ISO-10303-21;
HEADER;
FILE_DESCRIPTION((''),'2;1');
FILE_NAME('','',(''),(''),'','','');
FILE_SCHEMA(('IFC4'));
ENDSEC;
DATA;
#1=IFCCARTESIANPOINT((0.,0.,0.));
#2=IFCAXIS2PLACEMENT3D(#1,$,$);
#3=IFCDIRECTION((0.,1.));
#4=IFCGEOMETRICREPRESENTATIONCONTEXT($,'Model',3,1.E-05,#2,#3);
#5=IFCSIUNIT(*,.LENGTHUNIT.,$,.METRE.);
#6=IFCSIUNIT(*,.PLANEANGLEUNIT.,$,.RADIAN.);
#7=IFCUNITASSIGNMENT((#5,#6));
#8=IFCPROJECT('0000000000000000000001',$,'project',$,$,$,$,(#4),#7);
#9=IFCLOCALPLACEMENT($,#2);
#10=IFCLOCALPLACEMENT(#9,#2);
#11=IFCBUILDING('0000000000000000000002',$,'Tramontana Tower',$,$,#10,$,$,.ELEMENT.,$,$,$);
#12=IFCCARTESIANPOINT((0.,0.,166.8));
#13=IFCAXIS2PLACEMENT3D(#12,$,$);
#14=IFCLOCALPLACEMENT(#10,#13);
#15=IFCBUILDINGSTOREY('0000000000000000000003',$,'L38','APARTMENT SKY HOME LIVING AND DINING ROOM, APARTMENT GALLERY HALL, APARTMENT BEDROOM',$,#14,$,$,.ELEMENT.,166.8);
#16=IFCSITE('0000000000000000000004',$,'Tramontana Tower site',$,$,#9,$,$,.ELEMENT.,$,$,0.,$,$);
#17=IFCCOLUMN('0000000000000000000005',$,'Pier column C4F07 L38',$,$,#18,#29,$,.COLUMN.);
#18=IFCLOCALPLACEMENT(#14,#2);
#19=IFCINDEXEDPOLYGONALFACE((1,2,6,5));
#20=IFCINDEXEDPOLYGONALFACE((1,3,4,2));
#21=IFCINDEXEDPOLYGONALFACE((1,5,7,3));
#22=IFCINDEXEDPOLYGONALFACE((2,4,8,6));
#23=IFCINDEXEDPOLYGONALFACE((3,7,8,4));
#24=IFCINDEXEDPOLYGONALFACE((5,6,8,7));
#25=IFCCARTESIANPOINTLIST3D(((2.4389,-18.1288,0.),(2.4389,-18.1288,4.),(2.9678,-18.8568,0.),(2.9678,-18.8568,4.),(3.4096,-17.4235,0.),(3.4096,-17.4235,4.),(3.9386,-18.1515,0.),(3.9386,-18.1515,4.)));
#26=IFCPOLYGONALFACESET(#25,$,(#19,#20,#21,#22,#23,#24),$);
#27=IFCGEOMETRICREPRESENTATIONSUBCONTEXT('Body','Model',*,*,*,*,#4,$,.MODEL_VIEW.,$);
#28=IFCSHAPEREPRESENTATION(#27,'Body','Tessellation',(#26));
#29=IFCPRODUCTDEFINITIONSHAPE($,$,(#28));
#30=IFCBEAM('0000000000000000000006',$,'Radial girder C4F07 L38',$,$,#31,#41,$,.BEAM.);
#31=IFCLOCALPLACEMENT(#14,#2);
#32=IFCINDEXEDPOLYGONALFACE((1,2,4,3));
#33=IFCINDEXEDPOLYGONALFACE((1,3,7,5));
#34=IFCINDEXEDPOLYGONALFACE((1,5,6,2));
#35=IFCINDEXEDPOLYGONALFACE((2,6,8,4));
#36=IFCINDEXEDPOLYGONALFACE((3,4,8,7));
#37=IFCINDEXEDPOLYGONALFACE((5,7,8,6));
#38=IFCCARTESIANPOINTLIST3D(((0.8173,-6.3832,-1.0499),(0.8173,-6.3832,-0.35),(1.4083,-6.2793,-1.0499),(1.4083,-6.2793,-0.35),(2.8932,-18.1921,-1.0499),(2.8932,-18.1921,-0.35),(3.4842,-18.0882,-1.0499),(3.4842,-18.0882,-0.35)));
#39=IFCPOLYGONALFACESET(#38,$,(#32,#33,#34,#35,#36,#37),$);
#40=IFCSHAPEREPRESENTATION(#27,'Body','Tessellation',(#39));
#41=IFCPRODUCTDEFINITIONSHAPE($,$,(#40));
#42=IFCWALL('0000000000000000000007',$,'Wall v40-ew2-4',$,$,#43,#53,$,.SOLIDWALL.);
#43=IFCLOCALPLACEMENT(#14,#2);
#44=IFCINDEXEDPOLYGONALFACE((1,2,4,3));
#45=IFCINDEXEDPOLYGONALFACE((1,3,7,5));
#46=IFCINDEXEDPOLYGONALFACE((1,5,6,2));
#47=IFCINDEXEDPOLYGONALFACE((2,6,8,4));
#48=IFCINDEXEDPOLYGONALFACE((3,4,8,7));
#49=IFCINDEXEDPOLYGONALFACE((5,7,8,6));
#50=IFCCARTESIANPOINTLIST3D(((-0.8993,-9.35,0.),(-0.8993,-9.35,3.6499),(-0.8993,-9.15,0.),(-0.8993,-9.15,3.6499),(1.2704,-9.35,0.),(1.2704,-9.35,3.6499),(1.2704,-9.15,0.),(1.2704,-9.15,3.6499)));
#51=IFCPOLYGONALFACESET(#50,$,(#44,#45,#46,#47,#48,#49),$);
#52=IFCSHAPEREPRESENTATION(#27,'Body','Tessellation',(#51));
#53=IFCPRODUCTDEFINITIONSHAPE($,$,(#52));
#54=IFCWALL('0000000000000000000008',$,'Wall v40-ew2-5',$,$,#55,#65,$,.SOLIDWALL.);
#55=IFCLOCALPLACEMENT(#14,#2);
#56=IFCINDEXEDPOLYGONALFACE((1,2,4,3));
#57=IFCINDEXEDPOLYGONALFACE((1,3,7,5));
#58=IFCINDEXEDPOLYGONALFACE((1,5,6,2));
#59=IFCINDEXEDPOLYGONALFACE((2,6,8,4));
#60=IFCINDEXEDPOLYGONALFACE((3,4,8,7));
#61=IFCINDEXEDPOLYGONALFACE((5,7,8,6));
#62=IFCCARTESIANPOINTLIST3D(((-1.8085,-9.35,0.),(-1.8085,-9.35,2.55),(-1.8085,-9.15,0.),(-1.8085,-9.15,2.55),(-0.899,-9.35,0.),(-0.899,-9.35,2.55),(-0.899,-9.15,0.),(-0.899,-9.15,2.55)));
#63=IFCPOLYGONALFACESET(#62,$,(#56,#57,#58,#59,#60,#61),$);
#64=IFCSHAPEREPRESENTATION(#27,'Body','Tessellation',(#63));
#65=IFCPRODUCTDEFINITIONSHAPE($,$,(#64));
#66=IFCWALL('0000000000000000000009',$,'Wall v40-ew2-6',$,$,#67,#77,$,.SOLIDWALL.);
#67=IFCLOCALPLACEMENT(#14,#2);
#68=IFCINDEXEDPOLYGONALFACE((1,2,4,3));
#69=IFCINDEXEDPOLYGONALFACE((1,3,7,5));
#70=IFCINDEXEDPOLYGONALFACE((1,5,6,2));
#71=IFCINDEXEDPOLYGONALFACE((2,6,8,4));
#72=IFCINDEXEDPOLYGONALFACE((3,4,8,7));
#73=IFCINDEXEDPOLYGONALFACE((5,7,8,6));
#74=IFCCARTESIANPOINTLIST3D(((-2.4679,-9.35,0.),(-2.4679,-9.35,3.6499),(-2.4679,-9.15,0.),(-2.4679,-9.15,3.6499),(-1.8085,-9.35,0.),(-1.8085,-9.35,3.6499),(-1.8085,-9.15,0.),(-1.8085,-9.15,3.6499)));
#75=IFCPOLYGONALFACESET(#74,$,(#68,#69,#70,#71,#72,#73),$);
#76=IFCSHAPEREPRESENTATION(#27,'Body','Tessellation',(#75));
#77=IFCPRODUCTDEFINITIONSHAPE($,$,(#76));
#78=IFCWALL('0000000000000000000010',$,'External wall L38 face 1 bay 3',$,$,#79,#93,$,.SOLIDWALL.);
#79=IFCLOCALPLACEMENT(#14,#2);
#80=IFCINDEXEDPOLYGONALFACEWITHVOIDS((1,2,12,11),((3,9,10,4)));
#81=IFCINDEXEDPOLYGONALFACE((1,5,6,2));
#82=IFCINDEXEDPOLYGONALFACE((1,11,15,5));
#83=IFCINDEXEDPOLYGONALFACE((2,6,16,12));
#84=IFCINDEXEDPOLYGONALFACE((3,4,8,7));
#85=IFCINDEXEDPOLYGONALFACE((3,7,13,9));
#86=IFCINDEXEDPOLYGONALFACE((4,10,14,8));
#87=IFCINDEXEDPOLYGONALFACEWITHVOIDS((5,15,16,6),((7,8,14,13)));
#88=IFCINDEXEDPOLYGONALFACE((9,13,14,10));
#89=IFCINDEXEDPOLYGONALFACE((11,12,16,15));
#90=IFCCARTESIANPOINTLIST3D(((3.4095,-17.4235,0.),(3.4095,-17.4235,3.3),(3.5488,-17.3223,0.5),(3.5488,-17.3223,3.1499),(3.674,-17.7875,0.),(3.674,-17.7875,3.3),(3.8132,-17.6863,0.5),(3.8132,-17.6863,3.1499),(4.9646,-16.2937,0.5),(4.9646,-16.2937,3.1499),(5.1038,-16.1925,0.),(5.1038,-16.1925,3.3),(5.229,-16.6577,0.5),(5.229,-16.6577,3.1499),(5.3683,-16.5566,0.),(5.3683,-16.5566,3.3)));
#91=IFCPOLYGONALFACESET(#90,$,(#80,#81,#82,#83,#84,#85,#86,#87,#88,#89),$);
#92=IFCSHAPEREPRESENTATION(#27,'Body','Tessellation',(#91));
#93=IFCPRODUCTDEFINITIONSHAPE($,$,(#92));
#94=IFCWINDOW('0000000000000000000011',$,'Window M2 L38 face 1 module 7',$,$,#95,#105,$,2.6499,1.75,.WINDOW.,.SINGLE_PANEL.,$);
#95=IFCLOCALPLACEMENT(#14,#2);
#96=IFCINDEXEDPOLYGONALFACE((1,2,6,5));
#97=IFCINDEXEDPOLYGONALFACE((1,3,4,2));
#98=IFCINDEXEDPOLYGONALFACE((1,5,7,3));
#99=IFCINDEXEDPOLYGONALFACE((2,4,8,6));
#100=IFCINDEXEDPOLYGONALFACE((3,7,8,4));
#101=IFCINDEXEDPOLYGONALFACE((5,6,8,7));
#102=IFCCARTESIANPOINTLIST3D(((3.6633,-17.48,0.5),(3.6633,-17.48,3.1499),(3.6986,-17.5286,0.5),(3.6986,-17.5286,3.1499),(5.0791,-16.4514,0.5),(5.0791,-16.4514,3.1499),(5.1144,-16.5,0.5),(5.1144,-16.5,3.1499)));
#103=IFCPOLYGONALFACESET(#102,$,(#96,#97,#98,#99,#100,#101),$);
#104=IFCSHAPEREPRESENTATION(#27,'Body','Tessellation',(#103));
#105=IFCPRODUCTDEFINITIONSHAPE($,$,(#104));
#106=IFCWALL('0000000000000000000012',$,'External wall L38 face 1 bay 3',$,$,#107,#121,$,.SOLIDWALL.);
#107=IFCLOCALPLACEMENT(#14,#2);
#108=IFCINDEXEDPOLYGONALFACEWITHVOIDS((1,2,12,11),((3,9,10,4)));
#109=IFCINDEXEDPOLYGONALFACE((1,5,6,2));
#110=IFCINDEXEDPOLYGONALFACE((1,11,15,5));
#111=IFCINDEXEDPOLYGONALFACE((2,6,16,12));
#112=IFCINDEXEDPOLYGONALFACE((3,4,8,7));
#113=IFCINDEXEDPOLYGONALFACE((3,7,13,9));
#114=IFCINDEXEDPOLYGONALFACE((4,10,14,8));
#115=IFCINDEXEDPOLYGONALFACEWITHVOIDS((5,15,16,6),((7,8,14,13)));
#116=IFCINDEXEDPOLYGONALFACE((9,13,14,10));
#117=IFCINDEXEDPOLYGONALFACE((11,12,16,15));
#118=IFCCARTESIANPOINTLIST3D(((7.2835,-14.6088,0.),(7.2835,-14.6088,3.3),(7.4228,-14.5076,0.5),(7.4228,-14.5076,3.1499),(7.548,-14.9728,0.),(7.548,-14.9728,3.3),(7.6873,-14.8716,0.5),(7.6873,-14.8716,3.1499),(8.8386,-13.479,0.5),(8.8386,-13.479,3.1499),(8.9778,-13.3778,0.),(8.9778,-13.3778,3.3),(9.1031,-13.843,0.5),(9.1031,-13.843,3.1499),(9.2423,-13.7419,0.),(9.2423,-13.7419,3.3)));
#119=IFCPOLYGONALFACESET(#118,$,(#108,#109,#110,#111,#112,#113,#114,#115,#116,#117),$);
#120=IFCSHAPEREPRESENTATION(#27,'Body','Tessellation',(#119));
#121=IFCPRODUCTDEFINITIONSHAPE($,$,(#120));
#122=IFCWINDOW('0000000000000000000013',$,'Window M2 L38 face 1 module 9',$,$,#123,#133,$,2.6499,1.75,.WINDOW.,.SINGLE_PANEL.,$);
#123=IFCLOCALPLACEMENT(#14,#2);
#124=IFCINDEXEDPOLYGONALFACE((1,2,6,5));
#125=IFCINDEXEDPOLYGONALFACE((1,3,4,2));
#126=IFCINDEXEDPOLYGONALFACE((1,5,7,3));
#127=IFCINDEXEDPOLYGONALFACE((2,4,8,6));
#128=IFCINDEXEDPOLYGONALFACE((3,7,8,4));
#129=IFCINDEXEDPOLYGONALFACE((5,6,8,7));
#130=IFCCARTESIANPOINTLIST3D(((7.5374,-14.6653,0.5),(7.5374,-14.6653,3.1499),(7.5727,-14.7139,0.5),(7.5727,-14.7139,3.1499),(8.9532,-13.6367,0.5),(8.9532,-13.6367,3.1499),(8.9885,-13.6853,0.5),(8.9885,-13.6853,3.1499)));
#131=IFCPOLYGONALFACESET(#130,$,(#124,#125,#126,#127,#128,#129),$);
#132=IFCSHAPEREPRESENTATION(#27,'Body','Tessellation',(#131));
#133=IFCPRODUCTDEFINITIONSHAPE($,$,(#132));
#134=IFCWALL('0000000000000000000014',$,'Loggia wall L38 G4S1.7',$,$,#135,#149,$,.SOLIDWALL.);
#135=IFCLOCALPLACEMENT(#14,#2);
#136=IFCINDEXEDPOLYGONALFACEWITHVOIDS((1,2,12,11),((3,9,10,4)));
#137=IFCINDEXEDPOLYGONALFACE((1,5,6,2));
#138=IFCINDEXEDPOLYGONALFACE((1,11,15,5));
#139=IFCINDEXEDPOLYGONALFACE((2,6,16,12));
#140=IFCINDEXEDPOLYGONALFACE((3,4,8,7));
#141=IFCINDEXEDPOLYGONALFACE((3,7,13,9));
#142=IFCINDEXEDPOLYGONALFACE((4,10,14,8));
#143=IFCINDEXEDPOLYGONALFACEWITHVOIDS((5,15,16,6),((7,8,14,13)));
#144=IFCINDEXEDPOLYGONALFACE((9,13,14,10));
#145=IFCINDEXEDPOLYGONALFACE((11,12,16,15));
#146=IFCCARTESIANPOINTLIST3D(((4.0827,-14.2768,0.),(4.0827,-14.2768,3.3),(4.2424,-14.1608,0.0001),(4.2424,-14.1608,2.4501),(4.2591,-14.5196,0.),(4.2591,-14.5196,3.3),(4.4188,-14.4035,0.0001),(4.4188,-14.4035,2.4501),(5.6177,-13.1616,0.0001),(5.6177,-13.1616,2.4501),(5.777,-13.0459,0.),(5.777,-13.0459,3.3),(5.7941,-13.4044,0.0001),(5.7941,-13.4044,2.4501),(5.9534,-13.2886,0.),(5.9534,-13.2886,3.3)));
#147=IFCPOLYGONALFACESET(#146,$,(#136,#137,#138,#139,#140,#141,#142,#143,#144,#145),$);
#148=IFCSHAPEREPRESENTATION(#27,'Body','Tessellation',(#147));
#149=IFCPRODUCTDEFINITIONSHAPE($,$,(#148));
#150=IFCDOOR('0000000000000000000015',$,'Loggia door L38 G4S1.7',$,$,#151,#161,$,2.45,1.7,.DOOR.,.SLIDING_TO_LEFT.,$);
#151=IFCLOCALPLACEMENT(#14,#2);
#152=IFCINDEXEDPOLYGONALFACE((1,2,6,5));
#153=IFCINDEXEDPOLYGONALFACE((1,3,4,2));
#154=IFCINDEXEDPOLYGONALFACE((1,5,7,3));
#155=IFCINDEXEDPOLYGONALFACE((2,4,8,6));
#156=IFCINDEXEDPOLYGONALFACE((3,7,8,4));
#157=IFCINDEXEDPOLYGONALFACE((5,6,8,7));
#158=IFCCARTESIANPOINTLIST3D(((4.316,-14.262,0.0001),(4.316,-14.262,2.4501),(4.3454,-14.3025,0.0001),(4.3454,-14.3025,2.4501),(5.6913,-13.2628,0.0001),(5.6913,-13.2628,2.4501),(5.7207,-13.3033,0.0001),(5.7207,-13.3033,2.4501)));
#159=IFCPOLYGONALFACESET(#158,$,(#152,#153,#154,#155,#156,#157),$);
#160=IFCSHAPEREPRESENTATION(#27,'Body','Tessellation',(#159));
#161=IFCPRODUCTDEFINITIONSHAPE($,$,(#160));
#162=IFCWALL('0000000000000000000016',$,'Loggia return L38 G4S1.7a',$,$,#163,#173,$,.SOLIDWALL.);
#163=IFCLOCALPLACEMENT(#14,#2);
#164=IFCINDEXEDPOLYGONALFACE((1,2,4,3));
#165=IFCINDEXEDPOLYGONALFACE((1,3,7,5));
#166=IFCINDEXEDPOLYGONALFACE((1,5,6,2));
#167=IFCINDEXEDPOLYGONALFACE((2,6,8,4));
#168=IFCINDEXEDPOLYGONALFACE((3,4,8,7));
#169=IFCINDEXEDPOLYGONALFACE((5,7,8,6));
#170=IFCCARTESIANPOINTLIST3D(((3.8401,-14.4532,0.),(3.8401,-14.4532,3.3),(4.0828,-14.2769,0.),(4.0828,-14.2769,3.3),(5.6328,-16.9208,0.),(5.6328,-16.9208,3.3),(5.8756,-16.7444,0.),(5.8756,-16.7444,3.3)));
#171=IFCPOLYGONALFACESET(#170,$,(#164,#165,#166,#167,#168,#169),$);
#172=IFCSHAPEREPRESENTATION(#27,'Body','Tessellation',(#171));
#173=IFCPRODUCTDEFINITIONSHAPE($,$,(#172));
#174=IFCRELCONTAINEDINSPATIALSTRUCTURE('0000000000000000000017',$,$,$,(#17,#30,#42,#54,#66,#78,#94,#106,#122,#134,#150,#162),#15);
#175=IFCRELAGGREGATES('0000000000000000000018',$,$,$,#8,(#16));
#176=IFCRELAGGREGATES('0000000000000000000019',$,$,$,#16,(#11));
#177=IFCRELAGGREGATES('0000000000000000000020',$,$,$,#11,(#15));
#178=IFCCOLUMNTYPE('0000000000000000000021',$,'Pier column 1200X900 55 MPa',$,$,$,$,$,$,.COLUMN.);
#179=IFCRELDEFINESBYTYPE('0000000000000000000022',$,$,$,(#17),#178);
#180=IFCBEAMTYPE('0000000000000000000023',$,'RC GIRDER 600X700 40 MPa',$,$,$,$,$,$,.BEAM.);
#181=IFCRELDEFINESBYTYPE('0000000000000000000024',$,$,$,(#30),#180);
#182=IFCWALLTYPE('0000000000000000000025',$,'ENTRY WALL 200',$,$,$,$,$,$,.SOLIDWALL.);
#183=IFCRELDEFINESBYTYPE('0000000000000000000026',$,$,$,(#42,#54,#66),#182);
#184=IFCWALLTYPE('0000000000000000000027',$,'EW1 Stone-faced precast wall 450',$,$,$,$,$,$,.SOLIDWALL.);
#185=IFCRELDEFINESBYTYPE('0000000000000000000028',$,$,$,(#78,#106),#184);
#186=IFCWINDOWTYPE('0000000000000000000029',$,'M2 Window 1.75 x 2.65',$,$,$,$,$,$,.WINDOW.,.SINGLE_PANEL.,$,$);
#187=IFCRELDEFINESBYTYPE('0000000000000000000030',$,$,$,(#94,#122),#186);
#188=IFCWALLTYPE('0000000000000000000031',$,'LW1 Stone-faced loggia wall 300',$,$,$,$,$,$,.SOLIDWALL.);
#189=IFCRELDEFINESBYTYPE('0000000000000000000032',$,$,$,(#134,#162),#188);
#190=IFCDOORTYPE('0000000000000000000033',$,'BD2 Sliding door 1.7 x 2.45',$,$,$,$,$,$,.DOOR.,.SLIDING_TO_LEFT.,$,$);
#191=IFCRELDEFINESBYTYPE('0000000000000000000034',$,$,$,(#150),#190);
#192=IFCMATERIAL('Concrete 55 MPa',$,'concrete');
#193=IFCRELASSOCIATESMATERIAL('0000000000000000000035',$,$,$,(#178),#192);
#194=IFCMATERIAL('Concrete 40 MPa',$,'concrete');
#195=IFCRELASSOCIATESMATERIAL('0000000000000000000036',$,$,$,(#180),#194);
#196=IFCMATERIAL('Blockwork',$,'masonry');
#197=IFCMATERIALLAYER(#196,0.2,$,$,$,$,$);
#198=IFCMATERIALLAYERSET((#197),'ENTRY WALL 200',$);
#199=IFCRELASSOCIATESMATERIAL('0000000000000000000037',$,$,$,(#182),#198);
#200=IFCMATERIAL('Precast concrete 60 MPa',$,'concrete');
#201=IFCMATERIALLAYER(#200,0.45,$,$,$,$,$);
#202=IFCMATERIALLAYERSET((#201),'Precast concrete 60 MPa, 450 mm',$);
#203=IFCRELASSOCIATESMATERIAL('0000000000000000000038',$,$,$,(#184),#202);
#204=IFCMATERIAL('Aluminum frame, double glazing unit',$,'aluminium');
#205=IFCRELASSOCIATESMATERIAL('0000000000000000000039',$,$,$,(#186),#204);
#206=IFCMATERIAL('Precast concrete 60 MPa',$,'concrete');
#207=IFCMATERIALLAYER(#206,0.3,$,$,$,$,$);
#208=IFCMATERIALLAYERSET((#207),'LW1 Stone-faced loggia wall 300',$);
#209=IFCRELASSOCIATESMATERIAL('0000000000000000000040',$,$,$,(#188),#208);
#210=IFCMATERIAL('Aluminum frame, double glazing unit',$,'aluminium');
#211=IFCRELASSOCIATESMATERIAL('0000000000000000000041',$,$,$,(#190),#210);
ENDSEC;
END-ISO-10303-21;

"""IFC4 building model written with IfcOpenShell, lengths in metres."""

from ifc_helpers import new_model, si_unit, direction, frame, frame_2d, origin, origin_2d, place, context, subcontext, project, spatial, rectangle, extrude, material, layer, layer_set, material_profile, profile_set, type_object, element, fill, save


model = new_model("IFC4")

# Units and contexts
model_context = context("Model", 3, precision=1e-05, world=origin(), true_north=direction((0.0, 1.0)))
body_context = subcontext(model_context, "Body", "Model", "MODEL_VIEW")
ifc_project = project(units=[si_unit("LENGTHUNIT", "METRE"), si_unit("PLANEANGLEUNIT", "RADIAN")], contexts=[model_context])

# Site, building, storey
site_placement = place(None, origin())
site = spatial("IfcSite", under=ifc_project, at=site_placement, Name="Tramontana Tower site", CompositionType="ELEMENT", RefElevation=0.0)
building_placement = place(site_placement, origin())
building = spatial("IfcBuilding", under=site, at=building_placement, Name="Tramontana Tower", CompositionType="ELEMENT")
storey_placement = place(building_placement, frame((0.0, 0.0, 166.8)))
storey = spatial("IfcBuildingStorey", under=building, at=storey_placement, Name="L38", Description="APARTMENT SKY HOME LIVING AND DINING ROOM, APARTMENT GALLERY HALL, APARTMENT BEDROOM", CompositionType="ELEMENT", Elevation=166.8)

# Column
ifc_material_1 = material(Name="Concrete 55 MPa", Category="concrete")
ifc_material_profile_1 = material_profile(ifc_material_1, rectangle(XDim=1.2, YDim=0.8999, at=origin_2d()), Name="Pier column 1200X900 55 MPa")
ifc_profile_set_1 = profile_set([ifc_material_profile_1], Name="Concrete 55 MPa")
column_type = type_object("IfcColumnType", Name="Pier column 1200X900 55 MPa", PredefinedType="COLUMN", material=ifc_profile_set_1)
column_placement = place(storey_placement, frame((3.1887, -18.1401, 0.0), z_axis=(0.0, 0.0, 1.0), x_axis=(0.809017, 0.587785, 0.0)))
element("IfcColumn", 1, at=column_placement, inside=storey, type_object=column_type, Name="Pier column C4F07 L38", PredefinedType="COLUMN", context=body_context, shape_type="SweptSolid", body=[
    extrude(rectangle(XDim=1.2, YDim=0.8999, at=origin_2d()), origin(), (0.0, 0.0, 1.0), 4.0),
])

# Beam
ifc_material_2 = material(Name="Concrete 40 MPa", Category="concrete")
ifc_material_profile_2 = material_profile(ifc_material_2, rectangle(XDim=0.6001, YDim=0.7, at=origin_2d()), Name="RC GIRDER 600X700 40 MPa")
ifc_profile_set_2 = profile_set([ifc_material_profile_2], Name="Concrete 40 MPa")
beam_type = type_object("IfcBeamType", Name="RC GIRDER 600X700 40 MPa", PredefinedType="BEAM", material=ifc_profile_set_2)
beam_placement = place(storey_placement, frame((3.1887, -18.1401, -0.7), z_axis=(-0.173139, 0.984897, 0.0), x_axis=(-0.984897, -0.173139, 0.0)))
element("IfcBeam", 2, at=beam_placement, inside=storey, type_object=beam_type, Name="Radial girder C4F07 L38", PredefinedType="BEAM", context=body_context, shape_type="SweptSolid", body=[
    extrude(rectangle(XDim=0.6001, YDim=0.7, at=origin_2d()), origin(), (0.0, 0.0, 1.0), 11.99),
])

# Walls
ifc_material_3 = material(Name="Blockwork", Category="masonry")
ifc_layer_1 = layer(ifc_material_3, 0.2)
ifc_layer_set_1 = layer_set([ifc_layer_1], Name="ENTRY WALL 200")
wall_type_1 = type_object("IfcWallType", Name="ENTRY WALL 200", PredefinedType="SOLIDWALL", material=ifc_layer_set_1)
wall_1_placement = place(storey_placement, frame((1.2705, -9.25, 0.0), z_axis=(0.0, 0.0, 1.0), x_axis=(-1.0, 0.0, 0.0)))
element("IfcWall", 3, at=wall_1_placement, inside=storey, type_object=wall_type_1, Name="Wall v40-ew2-4", PredefinedType="SOLIDWALL", context=body_context, shape_type="SweptSolid", body=[
    extrude(rectangle(XDim=2.1697, YDim=0.2, at=frame_2d((1.085, 0.0))), origin(), (0.0, 0.0, 1.0), 3.6499),
])
wall_2_placement = place(storey_placement, frame((-0.8992, -9.25, 0.0), z_axis=(0.0, 0.0, 1.0), x_axis=(-1.0, 0.0, 0.0)))
element("IfcWall", 4, at=wall_2_placement, inside=storey, type_object=wall_type_1, Name="Wall v40-ew2-5", PredefinedType="SOLIDWALL", context=body_context, shape_type="SweptSolid", body=[
    extrude(rectangle(XDim=0.9094, YDim=0.2, at=frame_2d((0.4546, 0.0))), origin(), (0.0, 0.0, 1.0), 2.55),
])
wall_3_placement = place(storey_placement, frame((-1.8086, -9.25, 0.0), z_axis=(0.0, 0.0, 1.0), x_axis=(-1.0, 0.0, 0.0)))
element("IfcWall", 5, at=wall_3_placement, inside=storey, type_object=wall_type_1, Name="Wall v40-ew2-6", PredefinedType="SOLIDWALL", context=body_context, shape_type="SweptSolid", body=[
    extrude(rectangle(XDim=0.6594, YDim=0.2, at=frame_2d((0.3296, 0.0))), origin(), (0.0, 0.0, 1.0), 3.6499),
])

# Walls, openings, windows
ifc_material_4 = material(Name="Precast concrete 60 MPa", Category="concrete")
ifc_layer_2 = layer(ifc_material_4, 0.45)
ifc_layer_set_2 = layer_set([ifc_layer_2], Name="Precast concrete 60 MPa, 450 mm")
wall_type_2 = type_object("IfcWallType", Name="EW1 Stone-faced precast wall 450", PredefinedType="SOLIDWALL", material=ifc_layer_set_2)
wall_4_placement = place(storey_placement, frame((3.5417, -17.6055, 0.0), z_axis=(0.0, 0.0, 1.0), x_axis=(0.809028, 0.58777, 0.0)))
wall_4 = element("IfcWall", 6, at=wall_4_placement, inside=storey, type_object=wall_type_2, Name="External wall L38 face 1 bay 3", PredefinedType="SOLIDWALL", context=body_context, shape_type="SweptSolid", body=[
    extrude(rectangle(XDim=2.0942, YDim=0.45, at=frame_2d((1.0471, 0.0))), origin(), (0.0, 0.0, 1.0), 3.3),
])
opening_1_placement = place(wall_4_placement, frame((0.1721, 0.0, 0.5)))
opening_1 = element("IfcOpeningElement", 7, at=opening_1_placement, cuts=wall_4, PredefinedType="OPENING", context=body_context, shape_type="SweptSolid", body=[
    extrude(rectangle(XDim=1.75, YDim=2.6499, at=frame_2d((0.875, 1.325))), frame((0.0, 0.2349, 0.0), z_axis=(0.0, -1.0, 0.0), x_axis=(1.0, 0.0, 0.0)), (0.0, 0.0, 1.0), 0.47),
])
ifc_material_5 = material(Name="Aluminum frame, double glazing unit", Category="aluminium")
window_type = type_object("IfcWindowType", Name="M2 Window 1.75 x 2.65", PartitioningType="SINGLE_PANEL", PredefinedType="WINDOW", material=ifc_material_5)
window_1_placement = place(opening_1_placement, origin())
window_1 = element("IfcWindow", 8, at=window_1_placement, inside=storey, type_object=window_type, Name="Window M2 L38 face 1 module 7", OverallHeight=2.6499, OverallWidth=1.75, PartitioningType="SINGLE_PANEL", PredefinedType="WINDOW", context=body_context, shape_type="SweptSolid", body=[
    extrude(rectangle(XDim=1.75, YDim=2.6499, at=frame_2d((0.875, 1.325))), frame((0.0, 0.03, 0.0), z_axis=(0.0, -1.0, 0.0), x_axis=(1.0, 0.0, 0.0)), (0.0, 0.0, 1.0), 0.0601),
])
fill(opening_1, window_1)
wall_5_placement = place(storey_placement, frame((7.4158, -14.7908, 0.0), z_axis=(0.0, 0.0, 1.0), x_axis=(0.809028, 0.58777, 0.0)))
wall_5 = element("IfcWall", 9, at=wall_5_placement, inside=storey, type_object=wall_type_2, Name="External wall L38 face 1 bay 3", PredefinedType="SOLIDWALL", context=body_context, shape_type="SweptSolid", body=[
    extrude(rectangle(XDim=2.0942, YDim=0.45, at=frame_2d((1.0471, 0.0))), origin(), (0.0, 0.0, 1.0), 3.3),
])
opening_2_placement = place(wall_5_placement, frame((0.1721, 0.0, 0.5)))
opening_2 = element("IfcOpeningElement", 10, at=opening_2_placement, cuts=wall_5, PredefinedType="OPENING", context=body_context, shape_type="SweptSolid", body=[
    extrude(rectangle(XDim=1.75, YDim=2.6499, at=frame_2d((0.875, 1.325))), frame((0.0, 0.2349, 0.0), z_axis=(0.0, -1.0, 0.0), x_axis=(1.0, 0.0, 0.0)), (0.0, 0.0, 1.0), 0.47),
])
window_2_placement = place(opening_2_placement, origin())
window_2 = element("IfcWindow", 11, at=window_2_placement, inside=storey, type_object=window_type, Name="Window M2 L38 face 1 module 9", OverallHeight=2.6499, OverallWidth=1.75, PartitioningType="SINGLE_PANEL", PredefinedType="WINDOW", context=body_context, shape_type="SweptSolid", body=[
    extrude(rectangle(XDim=1.75, YDim=2.6499, at=frame_2d((0.875, 1.325))), frame((0.0, 0.03, 0.0), z_axis=(0.0, -1.0, 0.0), x_axis=(1.0, 0.0, 0.0)), (0.0, 0.0, 1.0), 0.0601),
])
fill(opening_2, window_2)

# Wall, opening, door
ifc_material_6 = material(Name="Precast concrete 60 MPa", Category="concrete")
ifc_layer_3 = layer(ifc_material_6, 0.3)
ifc_layer_set_3 = layer_set([ifc_layer_3], Name="LW1 Stone-faced loggia wall 300")
wall_type_3 = type_object("IfcWallType", Name="LW1 Stone-faced loggia wall 300", PredefinedType="SOLIDWALL", material=ifc_layer_set_3)
wall_6_placement = place(storey_placement, frame((4.1709, -14.3982, 0.0), z_axis=(0.0, 0.0, 1.0), x_axis=(0.809028, 0.58777, 0.0)))
wall_6 = element("IfcWall", 12, at=wall_6_placement, inside=storey, type_object=wall_type_3, Name="Loggia wall L38 G4S1.7", PredefinedType="SOLIDWALL", context=body_context, shape_type="SweptSolid", body=[
    extrude(rectangle(XDim=2.0942, YDim=0.3, at=frame_2d((1.0471, 0.0))), origin(), (0.0, 0.0, 1.0), 3.3),
])
opening_3_placement = place(wall_6_placement, frame((0.1973, 0.0, 0.0)))
opening_3 = element("IfcOpeningElement", 13, at=opening_3_placement, cuts=wall_6, PredefinedType="OPENING", context=body_context, shape_type="SweptSolid", body=[
    extrude(rectangle(XDim=1.7, YDim=2.45, at=frame_2d((0.8501, 1.2251))), frame((0.0, 0.1599, 0.0), z_axis=(0.0, -1.0, 0.0), x_axis=(1.0, 0.0, 0.0)), (0.0, 0.0, 1.0), 0.3201),
])
ifc_material_7 = material(Name="Aluminum frame, double glazing unit", Category="aluminium")
door_type_1 = type_object("IfcDoorType", Name="BD2 Sliding door 1.7 x 2.45", OperationType="SLIDING_TO_LEFT", PredefinedType="DOOR", material=ifc_material_7)
door_1_placement = place(opening_3_placement, origin())
door_1 = element("IfcDoor", 14, at=door_1_placement, inside=storey, type_object=door_type_1, Name="Loggia door L38 G4S1.7", OperationType="SLIDING_TO_LEFT", OverallHeight=2.45, OverallWidth=1.7, PredefinedType="DOOR", context=body_context, shape_type="SweptSolid", body=[
    extrude(rectangle(XDim=1.7, YDim=2.45, at=frame_2d((0.8501, 1.2251))), frame((0.0, 0.0249, 0.0), z_axis=(0.0, -1.0, 0.0), x_axis=(1.0, 0.0, 0.0)), (0.0, 0.0, 1.0), 0.05),
])
fill(opening_3, door_1)

# Wall
wall_7_placement = place(storey_placement, frame((5.7542, -16.8325, 0.0), z_axis=(0.0, 0.0, 1.0), x_axis=(-0.587777, 0.809023, 0.0)))
element("IfcWall", 15, at=wall_7_placement, inside=storey, type_object=wall_type_3, Name="Loggia return L38 G4S1.7a", PredefinedType="SOLIDWALL", context=body_context, shape_type="SweptSolid", body=[
    extrude(rectangle(XDim=3.05, YDim=0.3, at=frame_2d((1.5249, 0.0))), origin(), (0.0, 0.0, 1.0), 3.3),
])

save(model, "model.ifc")
